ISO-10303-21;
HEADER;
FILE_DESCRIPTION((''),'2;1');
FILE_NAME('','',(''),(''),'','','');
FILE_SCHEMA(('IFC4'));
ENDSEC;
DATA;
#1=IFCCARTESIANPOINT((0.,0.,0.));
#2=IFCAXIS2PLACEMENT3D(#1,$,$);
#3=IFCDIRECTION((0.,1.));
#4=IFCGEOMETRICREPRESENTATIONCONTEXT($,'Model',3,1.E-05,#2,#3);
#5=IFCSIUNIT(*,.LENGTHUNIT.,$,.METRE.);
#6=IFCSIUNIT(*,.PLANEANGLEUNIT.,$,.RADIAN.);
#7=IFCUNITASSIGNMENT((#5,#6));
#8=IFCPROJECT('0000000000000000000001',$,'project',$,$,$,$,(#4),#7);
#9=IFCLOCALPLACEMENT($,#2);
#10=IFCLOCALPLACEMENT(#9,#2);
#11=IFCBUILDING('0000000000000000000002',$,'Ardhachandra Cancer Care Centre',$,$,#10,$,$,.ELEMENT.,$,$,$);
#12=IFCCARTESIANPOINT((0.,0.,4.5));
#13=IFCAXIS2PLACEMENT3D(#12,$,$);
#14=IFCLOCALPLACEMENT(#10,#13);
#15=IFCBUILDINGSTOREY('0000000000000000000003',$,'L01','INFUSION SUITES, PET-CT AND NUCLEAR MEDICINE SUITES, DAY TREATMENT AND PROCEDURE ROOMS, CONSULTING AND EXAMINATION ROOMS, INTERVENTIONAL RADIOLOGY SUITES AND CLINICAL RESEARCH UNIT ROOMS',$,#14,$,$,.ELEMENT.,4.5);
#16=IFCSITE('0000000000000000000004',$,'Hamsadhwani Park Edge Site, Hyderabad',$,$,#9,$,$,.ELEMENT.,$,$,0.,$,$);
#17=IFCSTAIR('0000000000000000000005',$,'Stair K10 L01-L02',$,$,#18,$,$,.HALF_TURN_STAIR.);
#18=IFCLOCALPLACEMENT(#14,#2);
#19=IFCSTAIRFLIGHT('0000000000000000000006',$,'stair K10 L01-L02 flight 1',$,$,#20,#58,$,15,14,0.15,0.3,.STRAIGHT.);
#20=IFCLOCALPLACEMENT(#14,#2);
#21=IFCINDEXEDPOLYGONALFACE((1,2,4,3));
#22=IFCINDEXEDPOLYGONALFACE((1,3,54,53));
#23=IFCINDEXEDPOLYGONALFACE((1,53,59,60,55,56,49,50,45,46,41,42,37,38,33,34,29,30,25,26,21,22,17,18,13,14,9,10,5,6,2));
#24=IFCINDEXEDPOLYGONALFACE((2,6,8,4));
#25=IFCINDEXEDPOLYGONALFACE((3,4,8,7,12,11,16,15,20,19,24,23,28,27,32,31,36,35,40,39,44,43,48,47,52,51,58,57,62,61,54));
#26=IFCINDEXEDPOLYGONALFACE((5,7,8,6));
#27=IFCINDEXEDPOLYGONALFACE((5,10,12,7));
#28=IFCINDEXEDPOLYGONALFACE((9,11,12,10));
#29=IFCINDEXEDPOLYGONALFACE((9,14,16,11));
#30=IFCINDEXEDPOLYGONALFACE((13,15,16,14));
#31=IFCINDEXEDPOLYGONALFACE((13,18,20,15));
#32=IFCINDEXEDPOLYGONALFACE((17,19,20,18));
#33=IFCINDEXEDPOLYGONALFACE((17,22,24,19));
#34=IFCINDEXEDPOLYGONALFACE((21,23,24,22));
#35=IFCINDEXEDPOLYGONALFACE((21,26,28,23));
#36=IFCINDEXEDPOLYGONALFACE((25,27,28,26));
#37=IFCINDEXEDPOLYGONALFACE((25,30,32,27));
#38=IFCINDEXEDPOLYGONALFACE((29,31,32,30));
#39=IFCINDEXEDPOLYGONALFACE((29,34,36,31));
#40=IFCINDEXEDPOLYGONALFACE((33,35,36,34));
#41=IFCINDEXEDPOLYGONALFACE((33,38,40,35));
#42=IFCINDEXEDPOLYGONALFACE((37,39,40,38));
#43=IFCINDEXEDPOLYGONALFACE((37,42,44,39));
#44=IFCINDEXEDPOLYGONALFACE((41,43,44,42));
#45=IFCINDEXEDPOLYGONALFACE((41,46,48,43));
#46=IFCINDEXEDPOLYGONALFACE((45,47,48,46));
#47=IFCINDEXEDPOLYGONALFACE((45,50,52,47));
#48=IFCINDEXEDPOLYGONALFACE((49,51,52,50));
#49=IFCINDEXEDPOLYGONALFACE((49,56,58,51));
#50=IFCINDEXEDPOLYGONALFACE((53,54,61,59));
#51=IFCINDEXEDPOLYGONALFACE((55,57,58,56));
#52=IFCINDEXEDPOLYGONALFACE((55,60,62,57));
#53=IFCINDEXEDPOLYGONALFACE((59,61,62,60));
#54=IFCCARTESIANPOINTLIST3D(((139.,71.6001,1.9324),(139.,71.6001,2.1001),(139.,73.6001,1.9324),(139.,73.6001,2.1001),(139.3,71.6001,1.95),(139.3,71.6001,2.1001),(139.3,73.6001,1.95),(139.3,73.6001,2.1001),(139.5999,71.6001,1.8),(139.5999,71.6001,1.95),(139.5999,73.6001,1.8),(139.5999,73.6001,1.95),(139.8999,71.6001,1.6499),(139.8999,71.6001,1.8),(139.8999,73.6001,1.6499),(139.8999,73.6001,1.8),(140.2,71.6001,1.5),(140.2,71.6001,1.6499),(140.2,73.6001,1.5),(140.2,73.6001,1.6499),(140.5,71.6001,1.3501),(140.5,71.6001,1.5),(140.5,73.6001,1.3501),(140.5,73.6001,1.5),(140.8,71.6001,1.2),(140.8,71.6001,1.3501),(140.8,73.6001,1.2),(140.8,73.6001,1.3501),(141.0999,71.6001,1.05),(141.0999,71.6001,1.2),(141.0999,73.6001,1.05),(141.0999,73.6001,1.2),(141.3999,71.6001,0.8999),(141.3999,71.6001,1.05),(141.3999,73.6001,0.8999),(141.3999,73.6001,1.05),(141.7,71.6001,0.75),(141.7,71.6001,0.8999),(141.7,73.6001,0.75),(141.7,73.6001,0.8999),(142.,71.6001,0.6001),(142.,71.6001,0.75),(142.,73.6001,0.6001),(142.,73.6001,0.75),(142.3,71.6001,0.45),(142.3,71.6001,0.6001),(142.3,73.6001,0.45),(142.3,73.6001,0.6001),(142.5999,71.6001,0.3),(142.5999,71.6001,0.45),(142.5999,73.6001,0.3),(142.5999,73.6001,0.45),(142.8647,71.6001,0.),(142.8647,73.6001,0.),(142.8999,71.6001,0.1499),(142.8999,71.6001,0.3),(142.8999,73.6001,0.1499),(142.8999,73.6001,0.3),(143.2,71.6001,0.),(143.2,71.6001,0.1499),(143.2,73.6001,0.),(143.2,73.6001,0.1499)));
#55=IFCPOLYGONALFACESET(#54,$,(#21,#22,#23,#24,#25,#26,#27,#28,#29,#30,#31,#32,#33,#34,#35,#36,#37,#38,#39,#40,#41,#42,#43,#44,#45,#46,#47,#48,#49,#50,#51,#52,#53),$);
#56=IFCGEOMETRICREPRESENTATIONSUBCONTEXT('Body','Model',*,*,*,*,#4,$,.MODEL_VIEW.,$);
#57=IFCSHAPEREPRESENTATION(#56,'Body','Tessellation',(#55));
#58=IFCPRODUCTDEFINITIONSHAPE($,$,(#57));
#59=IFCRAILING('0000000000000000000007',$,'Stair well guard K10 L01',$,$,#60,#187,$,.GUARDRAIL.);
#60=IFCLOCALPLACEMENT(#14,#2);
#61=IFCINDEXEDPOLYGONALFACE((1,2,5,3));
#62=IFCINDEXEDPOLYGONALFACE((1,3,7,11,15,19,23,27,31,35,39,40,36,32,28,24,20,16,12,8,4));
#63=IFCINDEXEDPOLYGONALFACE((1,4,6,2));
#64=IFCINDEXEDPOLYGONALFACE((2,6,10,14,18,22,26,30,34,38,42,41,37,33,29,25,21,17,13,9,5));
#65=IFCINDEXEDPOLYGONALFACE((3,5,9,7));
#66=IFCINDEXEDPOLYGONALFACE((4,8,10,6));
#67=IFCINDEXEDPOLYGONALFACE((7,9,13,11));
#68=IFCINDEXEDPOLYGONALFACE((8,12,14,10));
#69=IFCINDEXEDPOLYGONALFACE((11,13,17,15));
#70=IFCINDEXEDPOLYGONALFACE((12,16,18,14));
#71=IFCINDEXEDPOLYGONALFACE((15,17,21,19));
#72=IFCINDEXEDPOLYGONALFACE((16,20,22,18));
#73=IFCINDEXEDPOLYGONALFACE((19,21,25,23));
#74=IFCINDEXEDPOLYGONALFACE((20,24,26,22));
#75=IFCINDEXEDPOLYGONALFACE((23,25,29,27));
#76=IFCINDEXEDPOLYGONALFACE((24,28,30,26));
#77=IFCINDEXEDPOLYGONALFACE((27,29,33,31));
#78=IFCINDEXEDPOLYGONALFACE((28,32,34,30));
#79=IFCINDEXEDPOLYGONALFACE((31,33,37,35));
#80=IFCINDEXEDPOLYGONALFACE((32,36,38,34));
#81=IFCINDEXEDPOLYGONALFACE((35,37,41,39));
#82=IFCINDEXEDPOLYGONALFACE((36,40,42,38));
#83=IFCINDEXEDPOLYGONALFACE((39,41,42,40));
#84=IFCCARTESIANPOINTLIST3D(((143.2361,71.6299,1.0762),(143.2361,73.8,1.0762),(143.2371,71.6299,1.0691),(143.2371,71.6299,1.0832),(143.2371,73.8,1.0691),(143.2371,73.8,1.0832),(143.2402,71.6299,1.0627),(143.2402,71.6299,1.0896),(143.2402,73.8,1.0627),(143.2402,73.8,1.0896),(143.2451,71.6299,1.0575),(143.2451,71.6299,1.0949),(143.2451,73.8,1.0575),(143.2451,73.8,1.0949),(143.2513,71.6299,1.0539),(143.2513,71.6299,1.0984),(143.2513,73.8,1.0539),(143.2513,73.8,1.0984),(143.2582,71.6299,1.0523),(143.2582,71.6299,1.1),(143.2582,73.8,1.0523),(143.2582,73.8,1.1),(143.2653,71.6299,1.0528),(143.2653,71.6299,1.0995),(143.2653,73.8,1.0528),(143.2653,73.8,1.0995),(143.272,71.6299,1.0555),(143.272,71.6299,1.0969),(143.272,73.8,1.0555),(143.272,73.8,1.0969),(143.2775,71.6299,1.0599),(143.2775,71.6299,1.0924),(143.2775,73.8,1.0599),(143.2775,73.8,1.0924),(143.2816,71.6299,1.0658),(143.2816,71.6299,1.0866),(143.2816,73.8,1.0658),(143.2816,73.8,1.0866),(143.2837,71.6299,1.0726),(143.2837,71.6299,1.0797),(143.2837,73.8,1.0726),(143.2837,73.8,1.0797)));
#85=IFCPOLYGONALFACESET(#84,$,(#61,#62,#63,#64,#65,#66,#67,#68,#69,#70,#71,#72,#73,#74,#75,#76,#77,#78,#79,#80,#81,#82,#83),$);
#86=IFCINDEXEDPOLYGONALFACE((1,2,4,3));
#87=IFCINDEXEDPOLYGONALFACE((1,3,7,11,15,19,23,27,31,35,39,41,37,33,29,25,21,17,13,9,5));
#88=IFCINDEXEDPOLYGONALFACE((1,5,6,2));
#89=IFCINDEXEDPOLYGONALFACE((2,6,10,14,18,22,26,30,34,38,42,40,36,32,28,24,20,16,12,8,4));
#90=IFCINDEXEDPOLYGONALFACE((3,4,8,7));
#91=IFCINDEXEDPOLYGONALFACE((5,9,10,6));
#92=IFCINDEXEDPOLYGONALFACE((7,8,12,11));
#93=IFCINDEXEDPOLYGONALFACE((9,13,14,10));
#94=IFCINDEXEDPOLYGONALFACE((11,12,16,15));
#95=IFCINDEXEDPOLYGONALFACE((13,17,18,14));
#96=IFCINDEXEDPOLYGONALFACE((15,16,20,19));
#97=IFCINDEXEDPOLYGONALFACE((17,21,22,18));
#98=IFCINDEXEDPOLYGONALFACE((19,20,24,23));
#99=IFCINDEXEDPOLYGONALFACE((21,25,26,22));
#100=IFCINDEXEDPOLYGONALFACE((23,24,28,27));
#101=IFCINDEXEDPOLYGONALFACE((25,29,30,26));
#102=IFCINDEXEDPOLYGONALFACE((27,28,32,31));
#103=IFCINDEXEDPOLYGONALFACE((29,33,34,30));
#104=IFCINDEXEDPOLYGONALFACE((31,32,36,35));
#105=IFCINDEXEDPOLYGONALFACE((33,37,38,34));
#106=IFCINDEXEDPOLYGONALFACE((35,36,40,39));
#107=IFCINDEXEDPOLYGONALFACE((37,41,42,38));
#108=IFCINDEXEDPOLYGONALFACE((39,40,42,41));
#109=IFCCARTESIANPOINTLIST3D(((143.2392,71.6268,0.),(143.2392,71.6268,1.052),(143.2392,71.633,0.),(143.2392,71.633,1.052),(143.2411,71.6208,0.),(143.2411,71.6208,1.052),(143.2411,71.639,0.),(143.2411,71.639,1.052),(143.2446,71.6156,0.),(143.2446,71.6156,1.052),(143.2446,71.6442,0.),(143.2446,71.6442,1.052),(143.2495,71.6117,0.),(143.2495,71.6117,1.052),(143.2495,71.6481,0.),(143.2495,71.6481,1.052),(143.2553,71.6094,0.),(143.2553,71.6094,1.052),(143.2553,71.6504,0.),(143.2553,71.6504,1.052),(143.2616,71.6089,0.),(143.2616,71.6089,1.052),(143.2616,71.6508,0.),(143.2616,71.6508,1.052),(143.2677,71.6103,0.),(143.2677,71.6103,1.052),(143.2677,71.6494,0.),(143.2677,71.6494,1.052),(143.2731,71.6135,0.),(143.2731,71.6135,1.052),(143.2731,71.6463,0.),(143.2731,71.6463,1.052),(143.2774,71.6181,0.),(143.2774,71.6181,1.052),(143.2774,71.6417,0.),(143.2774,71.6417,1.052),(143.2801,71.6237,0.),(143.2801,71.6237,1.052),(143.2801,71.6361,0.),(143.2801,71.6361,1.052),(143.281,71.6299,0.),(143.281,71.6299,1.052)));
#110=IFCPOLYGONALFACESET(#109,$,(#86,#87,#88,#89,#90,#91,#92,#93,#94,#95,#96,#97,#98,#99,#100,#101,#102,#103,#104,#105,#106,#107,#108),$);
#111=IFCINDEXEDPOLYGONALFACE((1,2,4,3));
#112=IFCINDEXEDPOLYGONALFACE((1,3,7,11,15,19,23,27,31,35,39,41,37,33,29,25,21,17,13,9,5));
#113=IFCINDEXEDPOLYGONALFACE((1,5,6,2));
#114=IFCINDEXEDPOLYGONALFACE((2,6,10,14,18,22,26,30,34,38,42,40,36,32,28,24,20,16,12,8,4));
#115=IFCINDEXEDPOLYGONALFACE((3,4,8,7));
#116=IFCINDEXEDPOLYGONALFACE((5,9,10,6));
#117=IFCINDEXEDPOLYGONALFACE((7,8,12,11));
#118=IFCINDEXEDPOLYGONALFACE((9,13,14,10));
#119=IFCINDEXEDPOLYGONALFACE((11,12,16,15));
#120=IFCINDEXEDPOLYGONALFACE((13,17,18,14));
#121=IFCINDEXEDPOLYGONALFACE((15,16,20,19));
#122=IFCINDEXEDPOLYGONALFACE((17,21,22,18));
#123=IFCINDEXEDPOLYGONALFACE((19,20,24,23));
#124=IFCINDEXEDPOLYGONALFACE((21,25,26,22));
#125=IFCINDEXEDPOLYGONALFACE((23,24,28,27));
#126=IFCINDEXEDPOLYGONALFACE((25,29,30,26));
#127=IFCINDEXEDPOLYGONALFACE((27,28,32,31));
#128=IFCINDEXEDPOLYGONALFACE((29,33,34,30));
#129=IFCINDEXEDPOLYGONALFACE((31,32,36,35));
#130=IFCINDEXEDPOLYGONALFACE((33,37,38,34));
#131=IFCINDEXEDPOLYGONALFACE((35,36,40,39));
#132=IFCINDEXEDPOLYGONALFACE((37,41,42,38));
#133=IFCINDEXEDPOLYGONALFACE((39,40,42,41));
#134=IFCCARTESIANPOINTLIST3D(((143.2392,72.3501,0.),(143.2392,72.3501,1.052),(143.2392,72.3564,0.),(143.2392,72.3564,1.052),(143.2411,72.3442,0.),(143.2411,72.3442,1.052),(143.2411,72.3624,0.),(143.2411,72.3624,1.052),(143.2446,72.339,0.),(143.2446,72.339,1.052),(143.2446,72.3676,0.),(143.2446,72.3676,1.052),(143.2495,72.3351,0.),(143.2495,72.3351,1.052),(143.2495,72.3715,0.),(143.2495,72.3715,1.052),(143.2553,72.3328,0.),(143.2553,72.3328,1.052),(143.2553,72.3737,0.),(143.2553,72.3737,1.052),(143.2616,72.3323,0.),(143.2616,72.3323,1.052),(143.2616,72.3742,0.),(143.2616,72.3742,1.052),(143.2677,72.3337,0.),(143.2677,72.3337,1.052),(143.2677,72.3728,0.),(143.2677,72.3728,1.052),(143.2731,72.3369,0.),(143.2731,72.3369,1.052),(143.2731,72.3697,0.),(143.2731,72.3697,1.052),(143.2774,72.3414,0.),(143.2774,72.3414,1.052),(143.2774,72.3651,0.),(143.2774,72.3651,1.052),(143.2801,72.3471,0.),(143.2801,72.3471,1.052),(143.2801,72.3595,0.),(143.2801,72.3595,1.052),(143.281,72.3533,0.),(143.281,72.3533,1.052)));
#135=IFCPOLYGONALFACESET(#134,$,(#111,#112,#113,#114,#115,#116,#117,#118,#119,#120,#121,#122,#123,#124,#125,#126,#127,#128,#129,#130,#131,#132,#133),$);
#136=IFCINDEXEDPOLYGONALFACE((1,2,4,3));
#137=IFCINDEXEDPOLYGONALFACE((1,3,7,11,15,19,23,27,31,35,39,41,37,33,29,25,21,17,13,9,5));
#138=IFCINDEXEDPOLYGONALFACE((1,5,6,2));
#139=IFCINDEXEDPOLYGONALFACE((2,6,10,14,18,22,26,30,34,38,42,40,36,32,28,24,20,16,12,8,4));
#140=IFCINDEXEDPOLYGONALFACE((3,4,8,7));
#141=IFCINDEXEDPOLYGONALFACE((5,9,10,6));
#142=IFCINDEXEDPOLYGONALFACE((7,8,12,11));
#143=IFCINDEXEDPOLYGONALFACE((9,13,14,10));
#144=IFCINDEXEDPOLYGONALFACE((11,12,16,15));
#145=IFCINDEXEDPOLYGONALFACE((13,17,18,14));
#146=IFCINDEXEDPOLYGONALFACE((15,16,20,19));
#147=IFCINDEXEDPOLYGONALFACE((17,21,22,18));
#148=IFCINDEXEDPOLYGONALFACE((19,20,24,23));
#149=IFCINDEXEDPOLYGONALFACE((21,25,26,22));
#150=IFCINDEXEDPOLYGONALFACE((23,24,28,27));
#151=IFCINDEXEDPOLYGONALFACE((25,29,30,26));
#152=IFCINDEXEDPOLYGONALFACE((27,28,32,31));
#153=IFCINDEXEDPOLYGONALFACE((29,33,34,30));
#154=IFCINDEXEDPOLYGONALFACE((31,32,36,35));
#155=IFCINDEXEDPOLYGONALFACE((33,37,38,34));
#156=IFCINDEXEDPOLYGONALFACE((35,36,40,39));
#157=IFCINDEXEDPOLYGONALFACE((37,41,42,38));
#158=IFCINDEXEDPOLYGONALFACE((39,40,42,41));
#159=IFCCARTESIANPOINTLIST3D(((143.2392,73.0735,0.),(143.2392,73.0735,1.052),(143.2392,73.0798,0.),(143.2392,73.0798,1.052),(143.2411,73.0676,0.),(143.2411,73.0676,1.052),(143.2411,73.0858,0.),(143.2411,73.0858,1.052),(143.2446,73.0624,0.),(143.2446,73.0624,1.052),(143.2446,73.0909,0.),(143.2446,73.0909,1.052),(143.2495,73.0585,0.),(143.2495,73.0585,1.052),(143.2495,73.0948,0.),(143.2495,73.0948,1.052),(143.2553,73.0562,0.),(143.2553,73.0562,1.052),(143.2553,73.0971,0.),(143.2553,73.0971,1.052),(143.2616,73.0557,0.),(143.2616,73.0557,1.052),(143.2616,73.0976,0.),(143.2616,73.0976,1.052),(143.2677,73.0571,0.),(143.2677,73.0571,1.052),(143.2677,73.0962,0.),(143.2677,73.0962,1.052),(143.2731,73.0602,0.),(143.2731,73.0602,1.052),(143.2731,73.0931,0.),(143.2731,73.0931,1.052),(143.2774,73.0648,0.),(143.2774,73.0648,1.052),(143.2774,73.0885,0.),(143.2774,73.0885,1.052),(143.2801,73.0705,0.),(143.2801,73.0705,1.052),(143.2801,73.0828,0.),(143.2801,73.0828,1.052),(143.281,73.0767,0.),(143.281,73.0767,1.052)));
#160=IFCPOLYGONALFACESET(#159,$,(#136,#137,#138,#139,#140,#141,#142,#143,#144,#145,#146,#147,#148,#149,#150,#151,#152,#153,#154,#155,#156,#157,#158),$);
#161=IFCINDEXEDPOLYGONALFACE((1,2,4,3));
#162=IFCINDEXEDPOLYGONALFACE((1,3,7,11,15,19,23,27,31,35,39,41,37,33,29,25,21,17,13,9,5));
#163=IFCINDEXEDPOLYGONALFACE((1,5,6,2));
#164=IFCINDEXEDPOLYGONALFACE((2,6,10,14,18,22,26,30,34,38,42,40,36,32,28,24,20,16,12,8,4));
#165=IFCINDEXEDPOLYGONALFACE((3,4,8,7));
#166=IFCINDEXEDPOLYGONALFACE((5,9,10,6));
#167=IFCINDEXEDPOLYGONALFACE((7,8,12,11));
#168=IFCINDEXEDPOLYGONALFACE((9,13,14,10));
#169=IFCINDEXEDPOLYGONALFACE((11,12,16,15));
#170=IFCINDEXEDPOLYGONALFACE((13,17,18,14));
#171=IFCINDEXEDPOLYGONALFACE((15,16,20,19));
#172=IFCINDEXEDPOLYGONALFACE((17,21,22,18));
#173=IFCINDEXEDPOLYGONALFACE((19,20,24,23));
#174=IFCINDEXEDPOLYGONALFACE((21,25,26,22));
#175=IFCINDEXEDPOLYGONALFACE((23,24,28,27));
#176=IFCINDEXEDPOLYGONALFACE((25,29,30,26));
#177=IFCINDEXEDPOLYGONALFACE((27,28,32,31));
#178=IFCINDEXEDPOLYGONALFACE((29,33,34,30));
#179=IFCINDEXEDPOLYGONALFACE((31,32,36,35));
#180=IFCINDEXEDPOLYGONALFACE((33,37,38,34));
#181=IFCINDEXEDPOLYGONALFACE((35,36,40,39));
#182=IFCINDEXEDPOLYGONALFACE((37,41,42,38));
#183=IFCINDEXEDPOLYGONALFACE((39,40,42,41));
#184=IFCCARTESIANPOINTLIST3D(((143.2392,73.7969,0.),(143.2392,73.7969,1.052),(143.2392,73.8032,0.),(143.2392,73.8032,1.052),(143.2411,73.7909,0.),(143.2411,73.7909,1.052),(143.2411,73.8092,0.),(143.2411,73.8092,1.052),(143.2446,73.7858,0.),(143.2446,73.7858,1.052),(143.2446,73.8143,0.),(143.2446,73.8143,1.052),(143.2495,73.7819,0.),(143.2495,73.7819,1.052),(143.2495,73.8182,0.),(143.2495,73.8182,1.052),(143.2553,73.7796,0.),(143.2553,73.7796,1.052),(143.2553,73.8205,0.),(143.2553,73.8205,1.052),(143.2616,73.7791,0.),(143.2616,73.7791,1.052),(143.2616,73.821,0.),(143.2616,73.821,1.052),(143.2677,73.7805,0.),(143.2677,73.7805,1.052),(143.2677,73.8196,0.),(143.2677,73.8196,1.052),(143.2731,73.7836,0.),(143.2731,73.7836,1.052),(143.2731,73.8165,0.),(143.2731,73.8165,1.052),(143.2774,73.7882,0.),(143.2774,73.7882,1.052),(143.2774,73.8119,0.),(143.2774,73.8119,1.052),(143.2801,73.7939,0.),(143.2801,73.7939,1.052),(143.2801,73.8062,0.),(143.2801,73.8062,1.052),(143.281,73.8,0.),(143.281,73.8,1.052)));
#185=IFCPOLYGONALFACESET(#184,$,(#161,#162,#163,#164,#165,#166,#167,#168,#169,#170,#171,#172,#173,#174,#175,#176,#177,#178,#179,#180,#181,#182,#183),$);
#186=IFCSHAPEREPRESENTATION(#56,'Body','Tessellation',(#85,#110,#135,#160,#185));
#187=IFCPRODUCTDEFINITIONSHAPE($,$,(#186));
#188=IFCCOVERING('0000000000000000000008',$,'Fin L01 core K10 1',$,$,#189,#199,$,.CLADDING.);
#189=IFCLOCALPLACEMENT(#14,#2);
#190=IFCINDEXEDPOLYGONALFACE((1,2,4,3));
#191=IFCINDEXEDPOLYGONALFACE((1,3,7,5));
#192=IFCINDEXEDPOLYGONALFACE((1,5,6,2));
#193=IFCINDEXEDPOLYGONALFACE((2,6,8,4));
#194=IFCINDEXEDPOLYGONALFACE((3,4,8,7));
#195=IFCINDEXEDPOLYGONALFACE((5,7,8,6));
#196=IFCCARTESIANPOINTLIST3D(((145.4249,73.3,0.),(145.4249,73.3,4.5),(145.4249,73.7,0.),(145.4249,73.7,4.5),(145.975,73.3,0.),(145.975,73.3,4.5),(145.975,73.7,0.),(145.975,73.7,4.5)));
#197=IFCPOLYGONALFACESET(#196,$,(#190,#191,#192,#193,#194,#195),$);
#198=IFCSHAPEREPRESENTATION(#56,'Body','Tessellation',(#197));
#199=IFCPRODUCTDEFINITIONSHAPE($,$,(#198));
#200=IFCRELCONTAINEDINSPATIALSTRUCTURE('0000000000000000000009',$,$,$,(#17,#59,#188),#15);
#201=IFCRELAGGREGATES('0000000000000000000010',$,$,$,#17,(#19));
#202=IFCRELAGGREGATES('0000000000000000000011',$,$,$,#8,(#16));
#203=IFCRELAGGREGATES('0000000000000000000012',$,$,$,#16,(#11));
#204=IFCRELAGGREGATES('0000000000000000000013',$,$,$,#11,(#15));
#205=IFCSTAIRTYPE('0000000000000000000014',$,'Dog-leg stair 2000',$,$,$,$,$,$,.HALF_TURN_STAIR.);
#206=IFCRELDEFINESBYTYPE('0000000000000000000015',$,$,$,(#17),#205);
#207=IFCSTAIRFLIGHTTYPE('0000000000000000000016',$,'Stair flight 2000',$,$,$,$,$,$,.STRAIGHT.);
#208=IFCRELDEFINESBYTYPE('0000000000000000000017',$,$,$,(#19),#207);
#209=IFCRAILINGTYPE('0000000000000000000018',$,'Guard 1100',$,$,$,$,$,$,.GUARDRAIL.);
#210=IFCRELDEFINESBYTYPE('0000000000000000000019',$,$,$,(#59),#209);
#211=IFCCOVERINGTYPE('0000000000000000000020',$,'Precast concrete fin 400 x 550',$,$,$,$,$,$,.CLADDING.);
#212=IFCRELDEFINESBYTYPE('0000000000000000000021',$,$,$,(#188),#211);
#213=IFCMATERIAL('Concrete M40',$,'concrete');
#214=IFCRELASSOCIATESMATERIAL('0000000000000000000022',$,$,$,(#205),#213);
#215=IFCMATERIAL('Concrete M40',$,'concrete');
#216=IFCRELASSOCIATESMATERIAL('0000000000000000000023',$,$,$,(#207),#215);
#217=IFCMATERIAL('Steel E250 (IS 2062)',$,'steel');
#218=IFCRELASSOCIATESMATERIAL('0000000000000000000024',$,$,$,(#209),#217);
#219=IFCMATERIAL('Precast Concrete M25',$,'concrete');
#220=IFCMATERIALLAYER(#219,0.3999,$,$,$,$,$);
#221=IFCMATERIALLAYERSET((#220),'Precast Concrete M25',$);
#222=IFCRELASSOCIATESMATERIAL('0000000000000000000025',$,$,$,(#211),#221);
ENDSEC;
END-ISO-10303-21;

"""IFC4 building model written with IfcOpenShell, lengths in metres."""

from ifc_helpers import new_model, si_unit, direction, frame, origin, origin_2d, place, context, subcontext, project, spatial, polyline, rectangle, circle, outline, extrude, material, layer, layer_set, type_object, element, aggregate, save


model = new_model("IFC4")

# Units and contexts
model_context = context("Model", 3, precision=1e-05, world=origin(), true_north=direction((0.0, 1.0)))
body_context = subcontext(model_context, "Body", "Model", "MODEL_VIEW")
ifc_project = project(units=[si_unit("LENGTHUNIT", "METRE"), si_unit("PLANEANGLEUNIT", "RADIAN")], contexts=[model_context])

# Site, building, storey
site_placement = place(None, origin())
site = spatial("IfcSite", under=ifc_project, at=site_placement, Name="Hamsadhwani Park Edge Site, Hyderabad", CompositionType="ELEMENT", RefElevation=0.0)
building_placement = place(site_placement, origin())
building = spatial("IfcBuilding", under=site, at=building_placement, Name="Ardhachandra Cancer Care Centre", CompositionType="ELEMENT")
storey_placement = place(building_placement, frame((0.0, 0.0, 4.5)))
storey = spatial("IfcBuildingStorey", under=building, at=storey_placement, Name="L01", Description="INFUSION SUITES, PET-CT AND NUCLEAR MEDICINE SUITES, DAY TREATMENT AND PROCEDURE ROOMS, CONSULTING AND EXAMINATION ROOMS, INTERVENTIONAL RADIOLOGY SUITES AND CLINICAL RESEARCH UNIT ROOMS", CompositionType="ELEMENT", Elevation=4.5)

# Stair, stair flight
ifc_material_1 = material(Name="Concrete M40", Category="concrete")
stair_type = type_object("IfcStairType", Name="Dog-leg stair 2000", PredefinedType="HALF_TURN_STAIR", material=ifc_material_1)
stair_placement = place(storey_placement, origin())
stair = element("IfcStair", 1, at=stair_placement, inside=storey, type_object=stair_type, Name="Stair K10 L01-L02", PredefinedType="HALF_TURN_STAIR")
ifc_material_2 = material(Name="Concrete M40", Category="concrete")
stair_flight_type = type_object("IfcStairFlightType", Name="Stair flight 2000", PredefinedType="STRAIGHT", material=ifc_material_2)
stair_flight_placement = place(storey_placement, frame((143.2, 72.6001, 0.0), z_axis=(0.0, 0.0, 1.0), x_axis=(-1.0, 0.0, 0.0)))
stair_flight = element("IfcStairFlight", 2, at=stair_flight_placement, type_object=stair_flight_type, Name="stair K10 L01-L02 flight 1", NumberOfRisers=15, NumberOfTreads=14, PredefinedType="STRAIGHT", RiserHeight=0.15, TreadLength=0.3, context=body_context, shape_type="SweptSolid", body=[
    extrude(outline(polyline([(0.0, 0.0), (0.0, 0.1499), (0.3, 0.1499), (0.3, 0.3), (0.6001, 0.3), (0.6001, 0.45), (0.8999, 0.45), (0.8999, 0.6001), (1.2, 0.6001), (1.2, 0.75), (1.5, 0.75), (1.5, 0.8999), (1.8, 0.8999), (1.8, 1.05), (2.1001, 1.05), (2.1001, 1.2), (2.3999, 1.2), (2.3999, 1.3501), (2.7, 1.3501), (2.7, 1.5), (3.0, 1.5), (3.0, 1.6499), (3.3, 1.6499), (3.3, 1.8), (3.6001, 1.8), (3.6001, 1.95), (3.8999, 1.95), (3.8999, 2.1001), (4.2, 2.1001), (4.2, 2.25), (4.2, 1.9324), (0.3352, 0.0), (0.0, 0.0)])), frame((0.0, 1.0, 0.0), z_axis=(0.0, -1.0, 0.0), x_axis=(1.0, 0.0, 0.0)), (0.0, 0.0, 1.0), 2.0),
])
aggregate(stair, [stair_flight])

# Railing
ifc_material_3 = material(Name="Steel E250 (IS 2062)", Category="steel")
railing_type_1 = type_object("IfcRailingType", Name="Guard 1100", PredefinedType="GUARDRAIL", material=ifc_material_3)
railing_1_placement = place(storey_placement, frame((143.26, 71.6299, 0.0)))
element("IfcRailing", 3, at=railing_1_placement, inside=storey, type_object=railing_type_1, Name="Stair well guard K10 L01", PredefinedType="GUARDRAIL", context=body_context, shape_type="SweptSolid", body=[
    extrude(circle(Radius=0.0239, at=origin_2d()), frame((0.0, 0.0, 1.0762), z_axis=(0.0, 1.0, 0.0), x_axis=(-1.0, 0.0, 0.0)), (0.0, 0.0, 1.0), 2.1702),
    extrude(circle(Radius=0.021, at=origin_2d()), origin(), (0.0, 0.0, 1.0), 1.052),
    extrude(circle(Radius=0.021, at=origin_2d()), frame((0.0, 0.7234, 0.0)), (0.0, 0.0, 1.0), 1.052),
    extrude(circle(Radius=0.021, at=origin_2d()), frame((0.0, 1.4468, 0.0)), (0.0, 0.0, 1.0), 1.052),
    extrude(circle(Radius=0.021, at=origin_2d()), frame((0.0, 2.1702, 0.0)), (0.0, 0.0, 1.0), 1.052),
])

# Covering
ifc_material_4 = material(Name="Precast Concrete M25", Category="concrete")
ifc_layer_1 = layer(ifc_material_4, 0.3999)
ifc_layer_set_1 = layer_set([ifc_layer_1], Name="Precast Concrete M25")
covering_type = type_object("IfcCoveringType", Name="Precast concrete fin 400 x 550", PredefinedType="CLADDING", material=ifc_layer_set_1)
for number, where, z_axis, x_axis, name in (
    (4, (145.7, 73.5, 0.0), (0.0, 0.0, 1.0), (0.0, 1.0, 0.0), "Fin L01 core K10 1"),
):
    element("IfcCovering", number, at=place(storey_placement, frame(where, z_axis=z_axis, x_axis=x_axis)), inside=storey, type_object=covering_type, Name=name, PredefinedType="CLADDING", context=body_context, shape_type="SweptSolid", body=[
        extrude(rectangle(XDim=0.3999, YDim=0.55, at=origin_2d()), origin(), (0.0, 0.0, 1.0), 4.5),
    ])

save(model, "model.ifc")
